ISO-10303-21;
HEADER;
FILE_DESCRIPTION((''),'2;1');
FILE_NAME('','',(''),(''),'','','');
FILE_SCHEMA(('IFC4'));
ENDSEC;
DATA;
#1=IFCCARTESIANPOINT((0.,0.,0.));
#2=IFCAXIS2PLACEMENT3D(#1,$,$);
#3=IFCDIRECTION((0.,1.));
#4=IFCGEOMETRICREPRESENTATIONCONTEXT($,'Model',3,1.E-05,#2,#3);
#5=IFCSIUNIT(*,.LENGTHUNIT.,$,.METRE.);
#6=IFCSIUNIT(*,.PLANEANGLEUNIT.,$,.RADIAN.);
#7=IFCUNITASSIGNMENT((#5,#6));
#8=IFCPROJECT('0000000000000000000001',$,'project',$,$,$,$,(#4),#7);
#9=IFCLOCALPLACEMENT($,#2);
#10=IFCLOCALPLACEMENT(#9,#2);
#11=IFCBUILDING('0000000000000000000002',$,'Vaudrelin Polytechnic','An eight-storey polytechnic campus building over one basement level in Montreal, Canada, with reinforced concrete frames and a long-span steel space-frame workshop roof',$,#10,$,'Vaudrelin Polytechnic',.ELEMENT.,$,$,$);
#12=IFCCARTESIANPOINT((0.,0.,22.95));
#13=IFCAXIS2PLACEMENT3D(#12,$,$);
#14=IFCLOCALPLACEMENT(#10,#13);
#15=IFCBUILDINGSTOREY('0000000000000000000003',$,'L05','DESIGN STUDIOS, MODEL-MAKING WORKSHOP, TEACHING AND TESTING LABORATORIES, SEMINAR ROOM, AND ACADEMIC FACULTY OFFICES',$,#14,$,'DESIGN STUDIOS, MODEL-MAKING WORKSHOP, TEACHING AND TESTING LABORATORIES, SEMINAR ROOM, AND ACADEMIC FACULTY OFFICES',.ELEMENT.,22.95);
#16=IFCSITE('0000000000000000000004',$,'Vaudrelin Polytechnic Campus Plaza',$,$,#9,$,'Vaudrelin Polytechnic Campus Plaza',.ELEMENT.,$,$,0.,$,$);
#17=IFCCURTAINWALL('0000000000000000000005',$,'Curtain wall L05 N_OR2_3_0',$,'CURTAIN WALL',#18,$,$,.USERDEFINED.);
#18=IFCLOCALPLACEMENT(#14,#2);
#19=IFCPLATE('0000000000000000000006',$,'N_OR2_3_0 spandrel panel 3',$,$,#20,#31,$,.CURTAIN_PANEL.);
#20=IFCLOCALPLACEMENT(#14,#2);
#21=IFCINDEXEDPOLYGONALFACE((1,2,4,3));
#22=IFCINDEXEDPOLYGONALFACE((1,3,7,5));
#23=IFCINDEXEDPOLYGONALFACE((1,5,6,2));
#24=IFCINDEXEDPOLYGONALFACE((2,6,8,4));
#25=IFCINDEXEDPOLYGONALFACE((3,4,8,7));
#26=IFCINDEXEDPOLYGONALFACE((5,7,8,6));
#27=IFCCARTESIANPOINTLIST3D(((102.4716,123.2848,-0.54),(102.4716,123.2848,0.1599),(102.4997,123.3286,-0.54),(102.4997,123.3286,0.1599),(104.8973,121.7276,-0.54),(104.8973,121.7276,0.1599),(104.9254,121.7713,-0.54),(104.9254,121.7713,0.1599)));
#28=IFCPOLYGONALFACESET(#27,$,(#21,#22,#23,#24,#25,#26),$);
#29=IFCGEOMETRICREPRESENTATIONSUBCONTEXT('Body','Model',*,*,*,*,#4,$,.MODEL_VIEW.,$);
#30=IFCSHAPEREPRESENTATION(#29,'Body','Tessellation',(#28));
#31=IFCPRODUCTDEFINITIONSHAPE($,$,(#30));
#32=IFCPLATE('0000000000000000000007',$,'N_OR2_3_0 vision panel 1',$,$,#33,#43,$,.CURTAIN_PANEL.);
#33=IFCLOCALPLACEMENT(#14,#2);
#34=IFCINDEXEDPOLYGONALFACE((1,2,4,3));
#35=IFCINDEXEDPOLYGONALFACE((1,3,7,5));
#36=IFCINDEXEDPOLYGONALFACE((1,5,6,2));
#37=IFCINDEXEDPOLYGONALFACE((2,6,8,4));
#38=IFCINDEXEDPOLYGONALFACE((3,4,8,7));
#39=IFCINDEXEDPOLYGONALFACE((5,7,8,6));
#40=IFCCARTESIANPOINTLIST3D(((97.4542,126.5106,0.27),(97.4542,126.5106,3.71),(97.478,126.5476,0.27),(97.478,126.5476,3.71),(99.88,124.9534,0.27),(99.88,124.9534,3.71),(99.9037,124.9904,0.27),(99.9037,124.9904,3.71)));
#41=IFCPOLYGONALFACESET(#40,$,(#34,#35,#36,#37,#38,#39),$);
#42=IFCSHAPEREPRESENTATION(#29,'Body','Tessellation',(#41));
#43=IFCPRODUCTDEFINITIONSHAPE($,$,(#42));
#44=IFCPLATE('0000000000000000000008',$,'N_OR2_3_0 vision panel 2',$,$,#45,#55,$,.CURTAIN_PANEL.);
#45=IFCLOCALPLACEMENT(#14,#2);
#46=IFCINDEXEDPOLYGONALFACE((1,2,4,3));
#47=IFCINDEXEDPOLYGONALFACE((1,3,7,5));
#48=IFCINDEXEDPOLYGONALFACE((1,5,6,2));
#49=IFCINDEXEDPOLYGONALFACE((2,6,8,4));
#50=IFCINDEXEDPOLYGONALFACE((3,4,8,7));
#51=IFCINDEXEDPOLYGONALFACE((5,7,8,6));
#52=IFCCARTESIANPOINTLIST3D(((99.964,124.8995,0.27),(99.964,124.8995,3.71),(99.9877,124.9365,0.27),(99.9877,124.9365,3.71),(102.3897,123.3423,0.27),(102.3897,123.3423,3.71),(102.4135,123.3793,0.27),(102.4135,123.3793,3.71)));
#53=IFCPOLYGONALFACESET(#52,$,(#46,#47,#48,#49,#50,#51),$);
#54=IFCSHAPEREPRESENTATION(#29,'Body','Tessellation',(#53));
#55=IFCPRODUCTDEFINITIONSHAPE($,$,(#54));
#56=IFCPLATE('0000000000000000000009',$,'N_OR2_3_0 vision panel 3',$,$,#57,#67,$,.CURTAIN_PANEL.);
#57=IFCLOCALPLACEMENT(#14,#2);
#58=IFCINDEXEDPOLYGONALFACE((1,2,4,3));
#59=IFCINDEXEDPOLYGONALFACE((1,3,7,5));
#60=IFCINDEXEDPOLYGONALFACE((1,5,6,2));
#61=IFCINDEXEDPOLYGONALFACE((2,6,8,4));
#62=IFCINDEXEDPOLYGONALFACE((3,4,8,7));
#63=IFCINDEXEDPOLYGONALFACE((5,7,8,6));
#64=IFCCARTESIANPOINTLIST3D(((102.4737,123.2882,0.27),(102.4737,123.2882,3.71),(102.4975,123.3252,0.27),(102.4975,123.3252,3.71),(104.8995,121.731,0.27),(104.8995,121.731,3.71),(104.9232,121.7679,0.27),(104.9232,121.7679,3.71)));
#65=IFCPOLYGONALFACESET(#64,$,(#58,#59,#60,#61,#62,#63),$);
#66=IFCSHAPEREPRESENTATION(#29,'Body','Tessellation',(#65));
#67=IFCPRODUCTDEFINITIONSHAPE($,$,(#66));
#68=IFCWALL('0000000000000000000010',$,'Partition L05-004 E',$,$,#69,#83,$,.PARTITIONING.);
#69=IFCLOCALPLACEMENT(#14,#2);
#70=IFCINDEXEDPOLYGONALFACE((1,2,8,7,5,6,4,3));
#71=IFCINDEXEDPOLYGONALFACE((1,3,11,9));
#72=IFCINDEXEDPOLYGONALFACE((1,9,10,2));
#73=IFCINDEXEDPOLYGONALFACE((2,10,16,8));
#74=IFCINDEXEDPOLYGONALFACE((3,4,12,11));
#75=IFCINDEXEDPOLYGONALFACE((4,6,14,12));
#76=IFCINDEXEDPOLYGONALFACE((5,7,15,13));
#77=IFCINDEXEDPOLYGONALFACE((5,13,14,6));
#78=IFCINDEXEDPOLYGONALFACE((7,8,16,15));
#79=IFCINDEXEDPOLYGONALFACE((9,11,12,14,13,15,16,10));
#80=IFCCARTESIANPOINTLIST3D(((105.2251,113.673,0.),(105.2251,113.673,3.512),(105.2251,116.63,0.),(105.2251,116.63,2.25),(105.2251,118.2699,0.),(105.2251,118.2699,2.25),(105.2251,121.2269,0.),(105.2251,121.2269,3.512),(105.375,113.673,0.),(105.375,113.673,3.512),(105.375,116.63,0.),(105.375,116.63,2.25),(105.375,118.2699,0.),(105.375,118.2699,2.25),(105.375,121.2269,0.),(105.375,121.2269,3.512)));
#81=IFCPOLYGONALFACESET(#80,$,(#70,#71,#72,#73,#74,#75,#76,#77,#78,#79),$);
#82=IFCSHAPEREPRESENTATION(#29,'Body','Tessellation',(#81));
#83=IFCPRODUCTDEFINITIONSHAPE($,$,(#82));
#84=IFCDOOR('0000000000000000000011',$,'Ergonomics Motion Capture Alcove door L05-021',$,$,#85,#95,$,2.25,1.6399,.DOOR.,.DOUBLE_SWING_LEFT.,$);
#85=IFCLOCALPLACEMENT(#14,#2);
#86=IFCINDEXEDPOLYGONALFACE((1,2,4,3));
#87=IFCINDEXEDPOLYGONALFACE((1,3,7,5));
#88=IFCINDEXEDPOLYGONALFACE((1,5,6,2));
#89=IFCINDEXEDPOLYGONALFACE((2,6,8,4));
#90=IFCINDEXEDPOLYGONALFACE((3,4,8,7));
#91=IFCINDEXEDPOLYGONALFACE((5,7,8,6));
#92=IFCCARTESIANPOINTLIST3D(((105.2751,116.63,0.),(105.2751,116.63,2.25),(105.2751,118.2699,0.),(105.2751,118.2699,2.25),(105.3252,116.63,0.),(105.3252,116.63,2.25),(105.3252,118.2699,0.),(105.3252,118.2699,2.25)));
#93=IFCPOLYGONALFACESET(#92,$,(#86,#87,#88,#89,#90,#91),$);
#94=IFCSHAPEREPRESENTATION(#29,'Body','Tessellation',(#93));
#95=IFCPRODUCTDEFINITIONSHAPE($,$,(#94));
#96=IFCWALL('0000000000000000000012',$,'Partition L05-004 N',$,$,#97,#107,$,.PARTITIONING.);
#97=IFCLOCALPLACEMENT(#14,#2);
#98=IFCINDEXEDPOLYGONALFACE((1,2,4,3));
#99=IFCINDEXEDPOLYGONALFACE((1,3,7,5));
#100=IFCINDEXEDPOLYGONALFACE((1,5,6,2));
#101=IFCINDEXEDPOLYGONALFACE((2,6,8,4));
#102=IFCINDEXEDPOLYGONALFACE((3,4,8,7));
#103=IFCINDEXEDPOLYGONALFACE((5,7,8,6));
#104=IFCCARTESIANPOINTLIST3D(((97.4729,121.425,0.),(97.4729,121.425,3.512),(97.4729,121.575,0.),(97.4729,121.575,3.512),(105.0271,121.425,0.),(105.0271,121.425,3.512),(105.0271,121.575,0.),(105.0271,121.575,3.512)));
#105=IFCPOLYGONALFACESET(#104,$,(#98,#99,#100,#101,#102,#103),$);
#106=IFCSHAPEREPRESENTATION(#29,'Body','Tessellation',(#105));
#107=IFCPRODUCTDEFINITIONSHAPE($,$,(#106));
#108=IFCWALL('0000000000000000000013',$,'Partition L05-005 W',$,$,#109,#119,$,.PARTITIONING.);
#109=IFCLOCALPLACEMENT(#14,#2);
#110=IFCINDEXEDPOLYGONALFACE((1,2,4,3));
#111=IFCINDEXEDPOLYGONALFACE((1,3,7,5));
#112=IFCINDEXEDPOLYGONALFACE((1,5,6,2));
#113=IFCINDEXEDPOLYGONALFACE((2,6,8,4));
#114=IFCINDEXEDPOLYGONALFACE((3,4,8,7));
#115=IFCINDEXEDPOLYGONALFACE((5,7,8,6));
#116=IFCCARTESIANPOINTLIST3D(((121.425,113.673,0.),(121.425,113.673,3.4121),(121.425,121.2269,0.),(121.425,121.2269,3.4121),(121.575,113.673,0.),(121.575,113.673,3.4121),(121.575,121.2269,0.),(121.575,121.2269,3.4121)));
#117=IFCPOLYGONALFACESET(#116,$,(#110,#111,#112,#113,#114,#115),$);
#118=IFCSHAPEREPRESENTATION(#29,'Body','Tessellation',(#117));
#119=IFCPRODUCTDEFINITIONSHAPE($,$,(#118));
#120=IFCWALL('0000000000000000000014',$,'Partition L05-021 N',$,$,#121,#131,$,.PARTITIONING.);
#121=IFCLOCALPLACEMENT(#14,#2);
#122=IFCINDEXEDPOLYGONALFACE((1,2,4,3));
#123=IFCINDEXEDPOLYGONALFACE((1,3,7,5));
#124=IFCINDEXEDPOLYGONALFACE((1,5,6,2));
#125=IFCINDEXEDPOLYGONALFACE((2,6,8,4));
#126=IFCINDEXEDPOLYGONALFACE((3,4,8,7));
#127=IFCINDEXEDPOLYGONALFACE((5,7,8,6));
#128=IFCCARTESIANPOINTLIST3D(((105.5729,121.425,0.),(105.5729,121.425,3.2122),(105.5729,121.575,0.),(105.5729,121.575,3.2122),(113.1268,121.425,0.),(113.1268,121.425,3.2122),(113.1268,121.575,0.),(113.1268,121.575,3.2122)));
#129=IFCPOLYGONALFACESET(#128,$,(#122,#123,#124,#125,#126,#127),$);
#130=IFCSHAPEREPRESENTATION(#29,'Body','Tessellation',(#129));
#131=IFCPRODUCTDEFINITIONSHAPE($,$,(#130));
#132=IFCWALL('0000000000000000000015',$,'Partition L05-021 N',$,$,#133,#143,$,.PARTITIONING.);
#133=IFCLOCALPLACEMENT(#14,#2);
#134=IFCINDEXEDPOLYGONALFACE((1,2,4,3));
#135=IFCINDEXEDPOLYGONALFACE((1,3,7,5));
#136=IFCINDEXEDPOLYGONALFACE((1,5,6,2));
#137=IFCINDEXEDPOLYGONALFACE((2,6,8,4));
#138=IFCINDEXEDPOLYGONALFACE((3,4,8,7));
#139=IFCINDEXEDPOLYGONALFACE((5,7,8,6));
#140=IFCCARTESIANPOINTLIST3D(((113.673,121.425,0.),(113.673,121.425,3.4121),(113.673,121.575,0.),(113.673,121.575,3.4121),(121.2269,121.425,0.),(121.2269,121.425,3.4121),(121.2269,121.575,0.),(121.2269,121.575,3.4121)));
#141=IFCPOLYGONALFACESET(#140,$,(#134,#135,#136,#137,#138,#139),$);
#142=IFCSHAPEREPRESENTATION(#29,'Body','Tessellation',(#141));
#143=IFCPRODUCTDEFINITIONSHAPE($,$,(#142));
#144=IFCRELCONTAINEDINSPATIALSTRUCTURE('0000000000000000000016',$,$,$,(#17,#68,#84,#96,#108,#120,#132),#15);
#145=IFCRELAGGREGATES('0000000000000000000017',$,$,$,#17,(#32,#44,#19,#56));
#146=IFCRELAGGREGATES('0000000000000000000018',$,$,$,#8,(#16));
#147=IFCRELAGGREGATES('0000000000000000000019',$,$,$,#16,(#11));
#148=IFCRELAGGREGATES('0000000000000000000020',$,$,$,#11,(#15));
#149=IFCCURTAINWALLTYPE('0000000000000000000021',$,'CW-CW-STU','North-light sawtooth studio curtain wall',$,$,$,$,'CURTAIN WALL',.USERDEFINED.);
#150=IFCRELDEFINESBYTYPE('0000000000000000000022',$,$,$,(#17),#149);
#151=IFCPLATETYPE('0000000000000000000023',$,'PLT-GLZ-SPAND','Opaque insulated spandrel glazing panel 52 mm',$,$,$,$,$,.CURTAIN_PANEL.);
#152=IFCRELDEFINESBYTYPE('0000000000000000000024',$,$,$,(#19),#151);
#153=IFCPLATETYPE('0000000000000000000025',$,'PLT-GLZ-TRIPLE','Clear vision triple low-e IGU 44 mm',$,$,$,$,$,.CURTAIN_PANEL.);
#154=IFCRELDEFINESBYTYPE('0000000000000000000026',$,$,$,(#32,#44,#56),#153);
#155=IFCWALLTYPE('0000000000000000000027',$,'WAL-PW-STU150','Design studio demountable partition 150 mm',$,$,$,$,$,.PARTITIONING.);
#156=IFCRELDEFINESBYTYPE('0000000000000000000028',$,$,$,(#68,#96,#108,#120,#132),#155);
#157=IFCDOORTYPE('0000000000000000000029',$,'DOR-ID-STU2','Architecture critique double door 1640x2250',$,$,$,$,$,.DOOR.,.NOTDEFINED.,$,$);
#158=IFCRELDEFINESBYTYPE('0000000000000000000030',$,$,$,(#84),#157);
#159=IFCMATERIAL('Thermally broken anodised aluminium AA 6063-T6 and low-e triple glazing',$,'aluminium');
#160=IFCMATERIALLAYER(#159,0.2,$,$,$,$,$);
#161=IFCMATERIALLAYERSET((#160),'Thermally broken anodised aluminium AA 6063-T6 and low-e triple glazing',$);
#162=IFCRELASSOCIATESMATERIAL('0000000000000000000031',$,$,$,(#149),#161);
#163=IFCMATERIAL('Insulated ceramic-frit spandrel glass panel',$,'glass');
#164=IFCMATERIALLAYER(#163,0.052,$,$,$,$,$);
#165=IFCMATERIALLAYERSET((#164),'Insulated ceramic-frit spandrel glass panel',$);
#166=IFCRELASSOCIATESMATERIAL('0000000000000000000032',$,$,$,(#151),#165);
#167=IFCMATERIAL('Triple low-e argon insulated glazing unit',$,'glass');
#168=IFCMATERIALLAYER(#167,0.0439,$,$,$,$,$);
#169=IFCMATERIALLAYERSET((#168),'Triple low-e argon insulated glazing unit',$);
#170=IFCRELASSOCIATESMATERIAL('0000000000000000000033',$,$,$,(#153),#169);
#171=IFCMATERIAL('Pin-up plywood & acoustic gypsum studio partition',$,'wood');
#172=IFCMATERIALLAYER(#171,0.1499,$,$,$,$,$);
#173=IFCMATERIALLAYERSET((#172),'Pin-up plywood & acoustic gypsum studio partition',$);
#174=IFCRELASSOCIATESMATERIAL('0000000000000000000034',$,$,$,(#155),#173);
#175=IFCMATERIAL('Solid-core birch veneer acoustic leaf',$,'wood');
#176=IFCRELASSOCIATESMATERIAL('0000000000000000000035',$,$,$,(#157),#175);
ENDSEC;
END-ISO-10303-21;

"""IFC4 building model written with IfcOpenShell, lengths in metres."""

from ifc_helpers import new_model, si_unit, direction, frame, frame_2d, origin, origin_2d, place, context, subcontext, project, spatial, rectangle, extrude, material, layer, layer_set, type_object, element, fill, aggregate, save


model = new_model("IFC4")

# Units and contexts
model_context = context("Model", 3, precision=1e-05, world=origin(), true_north=direction((0.0, 1.0)))
body_context = subcontext(model_context, "Body", "Model", "MODEL_VIEW")
ifc_project = project(units=[si_unit("LENGTHUNIT", "METRE"), si_unit("PLANEANGLEUNIT", "RADIAN")], contexts=[model_context])

# Site, building, storey
site_placement = place(None, origin())
site = spatial("IfcSite", under=ifc_project, at=site_placement, Name="Vaudrelin Polytechnic Campus Plaza", LongName="Vaudrelin Polytechnic Campus Plaza", CompositionType="ELEMENT", RefElevation=0.0)
building_placement = place(site_placement, origin())
building = spatial("IfcBuilding", under=site, at=building_placement, Name="Vaudrelin Polytechnic", Description="An eight-storey polytechnic campus building over one basement level in Montreal, Canada, with reinforced concrete frames and a long-span steel space-frame workshop roof", LongName="Vaudrelin Polytechnic", CompositionType="ELEMENT")
storey_placement = place(building_placement, frame((0.0, 0.0, 22.95)))
storey = spatial("IfcBuildingStorey", under=building, at=storey_placement, Name="L05", Description="DESIGN STUDIOS, MODEL-MAKING WORKSHOP, TEACHING AND TESTING LABORATORIES, SEMINAR ROOM, AND ACADEMIC FACULTY OFFICES", LongName="DESIGN STUDIOS, MODEL-MAKING WORKSHOP, TEACHING AND TESTING LABORATORIES, SEMINAR ROOM, AND ACADEMIC FACULTY OFFICES", CompositionType="ELEMENT", Elevation=22.95)

# Curtain wall
ifc_material_1 = material(Name="Thermally broken anodised aluminium AA 6063-T6 and low-e triple glazing", Category="aluminium")
ifc_layer_1 = layer(ifc_material_1, 0.2)
ifc_layer_set_1 = layer_set([ifc_layer_1], Name="Thermally broken anodised aluminium AA 6063-T6 and low-e triple glazing")
curtain_wall_type = type_object("IfcCurtainWallType", Name="CW-CW-STU", Description="North-light sawtooth studio curtain wall", ElementType="CURTAIN WALL", PredefinedType="USERDEFINED", material=ifc_layer_set_1)
curtain_wall_1_placement = place(storey_placement, origin())
curtain_wall_1 = element("IfcCurtainWall", 1, at=curtain_wall_1_placement, inside=storey, type_object=curtain_wall_type, Name="Curtain wall L05 N_OR2_3_0", ObjectType="CURTAIN WALL", PredefinedType="USERDEFINED")

# Plates
ifc_material_2 = material(Name="Insulated ceramic-frit spandrel glass panel", Category="glass")
ifc_layer_2 = layer(ifc_material_2, 0.052)
ifc_layer_set_2 = layer_set([ifc_layer_2], Name="Insulated ceramic-frit spandrel glass panel")
plate_type_1 = type_object("IfcPlateType", Name="PLT-GLZ-SPAND", Description="Opaque insulated spandrel glazing panel 52 mm", PredefinedType="CURTAIN_PANEL", material=ifc_layer_set_2)
plate_1_placement = place(storey_placement, frame((103.6985, 122.5281, -0.54), z_axis=(0.0, 0.0, 1.0), x_axis=(0.841519, -0.540228, 0.0)))
plate_1 = element("IfcPlate", 2, at=plate_1_placement, type_object=plate_type_1, Name="N_OR2_3_0 spandrel panel 3", PredefinedType="CURTAIN_PANEL", context=body_context, shape_type="SweptSolid", body=[
    extrude(rectangle(XDim=2.8826, YDim=0.052, at=origin_2d()), origin(), (0.0, 0.0, 1.0), 0.7),
])
ifc_material_3 = material(Name="Triple low-e argon insulated glazing unit", Category="glass")
ifc_layer_3 = layer(ifc_material_3, 0.0439)
ifc_layer_set_3 = layer_set([ifc_layer_3], Name="Triple low-e argon insulated glazing unit")
plate_type_2 = type_object("IfcPlateType", Name="PLT-GLZ-TRIPLE", Description="Clear vision triple low-e IGU 44 mm", PredefinedType="CURTAIN_PANEL", material=ifc_layer_set_3)
plate_2_placement = place(storey_placement, frame((98.679, 125.7505, 0.27), z_axis=(0.0, 0.0, 1.0), x_axis=(0.841519, -0.540228, 0.0)))
plate_2 = element("IfcPlate", 3, at=plate_2_placement, type_object=plate_type_2, Name="N_OR2_3_0 vision panel 1", PredefinedType="CURTAIN_PANEL", context=body_context, shape_type="SweptSolid", body=[
    extrude(rectangle(XDim=2.8826, YDim=0.0439, at=origin_2d()), origin(), (0.0, 0.0, 1.0), 3.4399),
])
plate_3_placement = place(storey_placement, frame((101.1887, 124.1394, 0.27), z_axis=(0.0, 0.0, 1.0), x_axis=(0.841519, -0.540228, 0.0)))
plate_3 = element("IfcPlate", 4, at=plate_3_placement, type_object=plate_type_2, Name="N_OR2_3_0 vision panel 2", PredefinedType="CURTAIN_PANEL", context=body_context, shape_type="SweptSolid", body=[
    extrude(rectangle(XDim=2.8826, YDim=0.0439, at=origin_2d()), origin(), (0.0, 0.0, 1.0), 3.4399),
])
plate_4_placement = place(storey_placement, frame((103.6985, 122.5281, 0.27), z_axis=(0.0, 0.0, 1.0), x_axis=(0.841519, -0.540228, 0.0)))
plate_4 = element("IfcPlate", 5, at=plate_4_placement, type_object=plate_type_2, Name="N_OR2_3_0 vision panel 3", PredefinedType="CURTAIN_PANEL", context=body_context, shape_type="SweptSolid", body=[
    extrude(rectangle(XDim=2.8826, YDim=0.0439, at=origin_2d()), origin(), (0.0, 0.0, 1.0), 3.4399),
])
aggregate(curtain_wall_1, [plate_2, plate_3, plate_1, plate_4])

# Wall, opening, door
ifc_material_4 = material(Name="Pin-up plywood & acoustic gypsum studio partition", Category="wood")
ifc_layer_4 = layer(ifc_material_4, 0.1499)
ifc_layer_set_4 = layer_set([ifc_layer_4], Name="Pin-up plywood & acoustic gypsum studio partition")
wall_type = type_object("IfcWallType", Name="WAL-PW-STU150", Description="Design studio demountable partition 150 mm", PredefinedType="PARTITIONING", material=ifc_layer_set_4)
wall_1_placement = place(storey_placement, frame((105.3, 113.6731, 0.0), z_axis=(0.0, 0.0, 1.0), x_axis=(0.0, 1.0, 0.0)))
wall_1 = element("IfcWall", 6, at=wall_1_placement, inside=storey, type_object=wall_type, Name="Partition L05-004 E", PredefinedType="PARTITIONING", context=body_context, shape_type="SweptSolid", body=[
    extrude(rectangle(XDim=7.554, YDim=0.1499, at=frame_2d((3.7769, 0.0))), origin(), (0.0, 0.0, 1.0), 3.512),
])
opening_placement = place(wall_1_placement, frame((2.957, 0.0, 0.0)))
opening = element("IfcOpeningElement", 7, at=opening_placement, cuts=wall_1, PredefinedType="OPENING", context=body_context, shape_type="SweptSolid", body=[
    extrude(rectangle(XDim=1.6399, YDim=2.25, at=frame_2d((0.8198, 1.125))), frame((0.0, 0.085, 0.0), z_axis=(0.0, -1.0, 0.0), x_axis=(1.0, 0.0, 0.0)), (0.0, 0.0, 1.0), 0.1699),
])
ifc_material_5 = material(Name="Solid-core birch veneer acoustic leaf", Category="wood")
door_type = type_object("IfcDoorType", Name="DOR-ID-STU2", Description="Architecture critique double door 1640x2250", OperationType="NOTDEFINED", PredefinedType="DOOR", material=ifc_material_5)
door_placement = place(opening_placement, origin())
door = element("IfcDoor", 8, at=door_placement, inside=storey, type_object=door_type, Name="Ergonomics Motion Capture Alcove door L05-021", OperationType="DOUBLE_SWING_LEFT", OverallHeight=2.25, OverallWidth=1.6399, PredefinedType="DOOR", context=body_context, shape_type="SweptSolid", body=[
    extrude(rectangle(XDim=1.6399, YDim=2.25, at=frame_2d((0.8198, 1.125))), frame((0.0, 0.0249, 0.0), z_axis=(0.0, -1.0, 0.0), x_axis=(1.0, 0.0, 0.0)), (0.0, 0.0, 1.0), 0.05),
])
fill(opening, door)

# Walls
wall_2_placement = place(storey_placement, frame((97.4729, 121.5, 0.0), z_axis=(0.0, 0.0, 1.0), x_axis=(1.0, 0.0, 0.0)))
element("IfcWall", 9, at=wall_2_placement, inside=storey, type_object=wall_type, Name="Partition L05-004 N", PredefinedType="PARTITIONING", context=body_context, shape_type="SweptSolid", body=[
    extrude(rectangle(XDim=7.5542, YDim=0.1499, at=frame_2d((3.7771, 0.0))), origin(), (0.0, 0.0, 1.0), 3.512),
])
wall_3_placement = place(storey_placement, frame((121.5, 113.6731, 0.0), z_axis=(0.0, 0.0, 1.0), x_axis=(0.0, 1.0, 0.0)))
element("IfcWall", 10, at=wall_3_placement, inside=storey, type_object=wall_type, Name="Partition L05-005 W", PredefinedType="PARTITIONING", context=body_context, shape_type="SweptSolid", body=[
    extrude(rectangle(XDim=7.554, YDim=0.1499, at=frame_2d((3.7769, 0.0))), origin(), (0.0, 0.0, 1.0), 3.4121),
])
wall_4_placement = place(storey_placement, frame((105.573, 121.5, 0.0), z_axis=(0.0, 0.0, 1.0), x_axis=(1.0, 0.0, 0.0)))
element("IfcWall", 11, at=wall_4_placement, inside=storey, type_object=wall_type, Name="Partition L05-021 N", PredefinedType="PARTITIONING", context=body_context, shape_type="SweptSolid", body=[
    extrude(rectangle(XDim=7.554, YDim=0.1499, at=frame_2d((3.7769, 0.0))), origin(), (0.0, 0.0, 1.0), 3.2122),
])
wall_5_placement = place(storey_placement, frame((113.6731, 121.5, 0.0), z_axis=(0.0, 0.0, 1.0), x_axis=(1.0, 0.0, 0.0)))
element("IfcWall", 12, at=wall_5_placement, inside=storey, type_object=wall_type, Name="Partition L05-021 N", PredefinedType="PARTITIONING", context=body_context, shape_type="SweptSolid", body=[
    extrude(rectangle(XDim=7.554, YDim=0.1499, at=frame_2d((3.7769, 0.0))), origin(), (0.0, 0.0, 1.0), 3.4121),
])

save(model, "model.ifc")
